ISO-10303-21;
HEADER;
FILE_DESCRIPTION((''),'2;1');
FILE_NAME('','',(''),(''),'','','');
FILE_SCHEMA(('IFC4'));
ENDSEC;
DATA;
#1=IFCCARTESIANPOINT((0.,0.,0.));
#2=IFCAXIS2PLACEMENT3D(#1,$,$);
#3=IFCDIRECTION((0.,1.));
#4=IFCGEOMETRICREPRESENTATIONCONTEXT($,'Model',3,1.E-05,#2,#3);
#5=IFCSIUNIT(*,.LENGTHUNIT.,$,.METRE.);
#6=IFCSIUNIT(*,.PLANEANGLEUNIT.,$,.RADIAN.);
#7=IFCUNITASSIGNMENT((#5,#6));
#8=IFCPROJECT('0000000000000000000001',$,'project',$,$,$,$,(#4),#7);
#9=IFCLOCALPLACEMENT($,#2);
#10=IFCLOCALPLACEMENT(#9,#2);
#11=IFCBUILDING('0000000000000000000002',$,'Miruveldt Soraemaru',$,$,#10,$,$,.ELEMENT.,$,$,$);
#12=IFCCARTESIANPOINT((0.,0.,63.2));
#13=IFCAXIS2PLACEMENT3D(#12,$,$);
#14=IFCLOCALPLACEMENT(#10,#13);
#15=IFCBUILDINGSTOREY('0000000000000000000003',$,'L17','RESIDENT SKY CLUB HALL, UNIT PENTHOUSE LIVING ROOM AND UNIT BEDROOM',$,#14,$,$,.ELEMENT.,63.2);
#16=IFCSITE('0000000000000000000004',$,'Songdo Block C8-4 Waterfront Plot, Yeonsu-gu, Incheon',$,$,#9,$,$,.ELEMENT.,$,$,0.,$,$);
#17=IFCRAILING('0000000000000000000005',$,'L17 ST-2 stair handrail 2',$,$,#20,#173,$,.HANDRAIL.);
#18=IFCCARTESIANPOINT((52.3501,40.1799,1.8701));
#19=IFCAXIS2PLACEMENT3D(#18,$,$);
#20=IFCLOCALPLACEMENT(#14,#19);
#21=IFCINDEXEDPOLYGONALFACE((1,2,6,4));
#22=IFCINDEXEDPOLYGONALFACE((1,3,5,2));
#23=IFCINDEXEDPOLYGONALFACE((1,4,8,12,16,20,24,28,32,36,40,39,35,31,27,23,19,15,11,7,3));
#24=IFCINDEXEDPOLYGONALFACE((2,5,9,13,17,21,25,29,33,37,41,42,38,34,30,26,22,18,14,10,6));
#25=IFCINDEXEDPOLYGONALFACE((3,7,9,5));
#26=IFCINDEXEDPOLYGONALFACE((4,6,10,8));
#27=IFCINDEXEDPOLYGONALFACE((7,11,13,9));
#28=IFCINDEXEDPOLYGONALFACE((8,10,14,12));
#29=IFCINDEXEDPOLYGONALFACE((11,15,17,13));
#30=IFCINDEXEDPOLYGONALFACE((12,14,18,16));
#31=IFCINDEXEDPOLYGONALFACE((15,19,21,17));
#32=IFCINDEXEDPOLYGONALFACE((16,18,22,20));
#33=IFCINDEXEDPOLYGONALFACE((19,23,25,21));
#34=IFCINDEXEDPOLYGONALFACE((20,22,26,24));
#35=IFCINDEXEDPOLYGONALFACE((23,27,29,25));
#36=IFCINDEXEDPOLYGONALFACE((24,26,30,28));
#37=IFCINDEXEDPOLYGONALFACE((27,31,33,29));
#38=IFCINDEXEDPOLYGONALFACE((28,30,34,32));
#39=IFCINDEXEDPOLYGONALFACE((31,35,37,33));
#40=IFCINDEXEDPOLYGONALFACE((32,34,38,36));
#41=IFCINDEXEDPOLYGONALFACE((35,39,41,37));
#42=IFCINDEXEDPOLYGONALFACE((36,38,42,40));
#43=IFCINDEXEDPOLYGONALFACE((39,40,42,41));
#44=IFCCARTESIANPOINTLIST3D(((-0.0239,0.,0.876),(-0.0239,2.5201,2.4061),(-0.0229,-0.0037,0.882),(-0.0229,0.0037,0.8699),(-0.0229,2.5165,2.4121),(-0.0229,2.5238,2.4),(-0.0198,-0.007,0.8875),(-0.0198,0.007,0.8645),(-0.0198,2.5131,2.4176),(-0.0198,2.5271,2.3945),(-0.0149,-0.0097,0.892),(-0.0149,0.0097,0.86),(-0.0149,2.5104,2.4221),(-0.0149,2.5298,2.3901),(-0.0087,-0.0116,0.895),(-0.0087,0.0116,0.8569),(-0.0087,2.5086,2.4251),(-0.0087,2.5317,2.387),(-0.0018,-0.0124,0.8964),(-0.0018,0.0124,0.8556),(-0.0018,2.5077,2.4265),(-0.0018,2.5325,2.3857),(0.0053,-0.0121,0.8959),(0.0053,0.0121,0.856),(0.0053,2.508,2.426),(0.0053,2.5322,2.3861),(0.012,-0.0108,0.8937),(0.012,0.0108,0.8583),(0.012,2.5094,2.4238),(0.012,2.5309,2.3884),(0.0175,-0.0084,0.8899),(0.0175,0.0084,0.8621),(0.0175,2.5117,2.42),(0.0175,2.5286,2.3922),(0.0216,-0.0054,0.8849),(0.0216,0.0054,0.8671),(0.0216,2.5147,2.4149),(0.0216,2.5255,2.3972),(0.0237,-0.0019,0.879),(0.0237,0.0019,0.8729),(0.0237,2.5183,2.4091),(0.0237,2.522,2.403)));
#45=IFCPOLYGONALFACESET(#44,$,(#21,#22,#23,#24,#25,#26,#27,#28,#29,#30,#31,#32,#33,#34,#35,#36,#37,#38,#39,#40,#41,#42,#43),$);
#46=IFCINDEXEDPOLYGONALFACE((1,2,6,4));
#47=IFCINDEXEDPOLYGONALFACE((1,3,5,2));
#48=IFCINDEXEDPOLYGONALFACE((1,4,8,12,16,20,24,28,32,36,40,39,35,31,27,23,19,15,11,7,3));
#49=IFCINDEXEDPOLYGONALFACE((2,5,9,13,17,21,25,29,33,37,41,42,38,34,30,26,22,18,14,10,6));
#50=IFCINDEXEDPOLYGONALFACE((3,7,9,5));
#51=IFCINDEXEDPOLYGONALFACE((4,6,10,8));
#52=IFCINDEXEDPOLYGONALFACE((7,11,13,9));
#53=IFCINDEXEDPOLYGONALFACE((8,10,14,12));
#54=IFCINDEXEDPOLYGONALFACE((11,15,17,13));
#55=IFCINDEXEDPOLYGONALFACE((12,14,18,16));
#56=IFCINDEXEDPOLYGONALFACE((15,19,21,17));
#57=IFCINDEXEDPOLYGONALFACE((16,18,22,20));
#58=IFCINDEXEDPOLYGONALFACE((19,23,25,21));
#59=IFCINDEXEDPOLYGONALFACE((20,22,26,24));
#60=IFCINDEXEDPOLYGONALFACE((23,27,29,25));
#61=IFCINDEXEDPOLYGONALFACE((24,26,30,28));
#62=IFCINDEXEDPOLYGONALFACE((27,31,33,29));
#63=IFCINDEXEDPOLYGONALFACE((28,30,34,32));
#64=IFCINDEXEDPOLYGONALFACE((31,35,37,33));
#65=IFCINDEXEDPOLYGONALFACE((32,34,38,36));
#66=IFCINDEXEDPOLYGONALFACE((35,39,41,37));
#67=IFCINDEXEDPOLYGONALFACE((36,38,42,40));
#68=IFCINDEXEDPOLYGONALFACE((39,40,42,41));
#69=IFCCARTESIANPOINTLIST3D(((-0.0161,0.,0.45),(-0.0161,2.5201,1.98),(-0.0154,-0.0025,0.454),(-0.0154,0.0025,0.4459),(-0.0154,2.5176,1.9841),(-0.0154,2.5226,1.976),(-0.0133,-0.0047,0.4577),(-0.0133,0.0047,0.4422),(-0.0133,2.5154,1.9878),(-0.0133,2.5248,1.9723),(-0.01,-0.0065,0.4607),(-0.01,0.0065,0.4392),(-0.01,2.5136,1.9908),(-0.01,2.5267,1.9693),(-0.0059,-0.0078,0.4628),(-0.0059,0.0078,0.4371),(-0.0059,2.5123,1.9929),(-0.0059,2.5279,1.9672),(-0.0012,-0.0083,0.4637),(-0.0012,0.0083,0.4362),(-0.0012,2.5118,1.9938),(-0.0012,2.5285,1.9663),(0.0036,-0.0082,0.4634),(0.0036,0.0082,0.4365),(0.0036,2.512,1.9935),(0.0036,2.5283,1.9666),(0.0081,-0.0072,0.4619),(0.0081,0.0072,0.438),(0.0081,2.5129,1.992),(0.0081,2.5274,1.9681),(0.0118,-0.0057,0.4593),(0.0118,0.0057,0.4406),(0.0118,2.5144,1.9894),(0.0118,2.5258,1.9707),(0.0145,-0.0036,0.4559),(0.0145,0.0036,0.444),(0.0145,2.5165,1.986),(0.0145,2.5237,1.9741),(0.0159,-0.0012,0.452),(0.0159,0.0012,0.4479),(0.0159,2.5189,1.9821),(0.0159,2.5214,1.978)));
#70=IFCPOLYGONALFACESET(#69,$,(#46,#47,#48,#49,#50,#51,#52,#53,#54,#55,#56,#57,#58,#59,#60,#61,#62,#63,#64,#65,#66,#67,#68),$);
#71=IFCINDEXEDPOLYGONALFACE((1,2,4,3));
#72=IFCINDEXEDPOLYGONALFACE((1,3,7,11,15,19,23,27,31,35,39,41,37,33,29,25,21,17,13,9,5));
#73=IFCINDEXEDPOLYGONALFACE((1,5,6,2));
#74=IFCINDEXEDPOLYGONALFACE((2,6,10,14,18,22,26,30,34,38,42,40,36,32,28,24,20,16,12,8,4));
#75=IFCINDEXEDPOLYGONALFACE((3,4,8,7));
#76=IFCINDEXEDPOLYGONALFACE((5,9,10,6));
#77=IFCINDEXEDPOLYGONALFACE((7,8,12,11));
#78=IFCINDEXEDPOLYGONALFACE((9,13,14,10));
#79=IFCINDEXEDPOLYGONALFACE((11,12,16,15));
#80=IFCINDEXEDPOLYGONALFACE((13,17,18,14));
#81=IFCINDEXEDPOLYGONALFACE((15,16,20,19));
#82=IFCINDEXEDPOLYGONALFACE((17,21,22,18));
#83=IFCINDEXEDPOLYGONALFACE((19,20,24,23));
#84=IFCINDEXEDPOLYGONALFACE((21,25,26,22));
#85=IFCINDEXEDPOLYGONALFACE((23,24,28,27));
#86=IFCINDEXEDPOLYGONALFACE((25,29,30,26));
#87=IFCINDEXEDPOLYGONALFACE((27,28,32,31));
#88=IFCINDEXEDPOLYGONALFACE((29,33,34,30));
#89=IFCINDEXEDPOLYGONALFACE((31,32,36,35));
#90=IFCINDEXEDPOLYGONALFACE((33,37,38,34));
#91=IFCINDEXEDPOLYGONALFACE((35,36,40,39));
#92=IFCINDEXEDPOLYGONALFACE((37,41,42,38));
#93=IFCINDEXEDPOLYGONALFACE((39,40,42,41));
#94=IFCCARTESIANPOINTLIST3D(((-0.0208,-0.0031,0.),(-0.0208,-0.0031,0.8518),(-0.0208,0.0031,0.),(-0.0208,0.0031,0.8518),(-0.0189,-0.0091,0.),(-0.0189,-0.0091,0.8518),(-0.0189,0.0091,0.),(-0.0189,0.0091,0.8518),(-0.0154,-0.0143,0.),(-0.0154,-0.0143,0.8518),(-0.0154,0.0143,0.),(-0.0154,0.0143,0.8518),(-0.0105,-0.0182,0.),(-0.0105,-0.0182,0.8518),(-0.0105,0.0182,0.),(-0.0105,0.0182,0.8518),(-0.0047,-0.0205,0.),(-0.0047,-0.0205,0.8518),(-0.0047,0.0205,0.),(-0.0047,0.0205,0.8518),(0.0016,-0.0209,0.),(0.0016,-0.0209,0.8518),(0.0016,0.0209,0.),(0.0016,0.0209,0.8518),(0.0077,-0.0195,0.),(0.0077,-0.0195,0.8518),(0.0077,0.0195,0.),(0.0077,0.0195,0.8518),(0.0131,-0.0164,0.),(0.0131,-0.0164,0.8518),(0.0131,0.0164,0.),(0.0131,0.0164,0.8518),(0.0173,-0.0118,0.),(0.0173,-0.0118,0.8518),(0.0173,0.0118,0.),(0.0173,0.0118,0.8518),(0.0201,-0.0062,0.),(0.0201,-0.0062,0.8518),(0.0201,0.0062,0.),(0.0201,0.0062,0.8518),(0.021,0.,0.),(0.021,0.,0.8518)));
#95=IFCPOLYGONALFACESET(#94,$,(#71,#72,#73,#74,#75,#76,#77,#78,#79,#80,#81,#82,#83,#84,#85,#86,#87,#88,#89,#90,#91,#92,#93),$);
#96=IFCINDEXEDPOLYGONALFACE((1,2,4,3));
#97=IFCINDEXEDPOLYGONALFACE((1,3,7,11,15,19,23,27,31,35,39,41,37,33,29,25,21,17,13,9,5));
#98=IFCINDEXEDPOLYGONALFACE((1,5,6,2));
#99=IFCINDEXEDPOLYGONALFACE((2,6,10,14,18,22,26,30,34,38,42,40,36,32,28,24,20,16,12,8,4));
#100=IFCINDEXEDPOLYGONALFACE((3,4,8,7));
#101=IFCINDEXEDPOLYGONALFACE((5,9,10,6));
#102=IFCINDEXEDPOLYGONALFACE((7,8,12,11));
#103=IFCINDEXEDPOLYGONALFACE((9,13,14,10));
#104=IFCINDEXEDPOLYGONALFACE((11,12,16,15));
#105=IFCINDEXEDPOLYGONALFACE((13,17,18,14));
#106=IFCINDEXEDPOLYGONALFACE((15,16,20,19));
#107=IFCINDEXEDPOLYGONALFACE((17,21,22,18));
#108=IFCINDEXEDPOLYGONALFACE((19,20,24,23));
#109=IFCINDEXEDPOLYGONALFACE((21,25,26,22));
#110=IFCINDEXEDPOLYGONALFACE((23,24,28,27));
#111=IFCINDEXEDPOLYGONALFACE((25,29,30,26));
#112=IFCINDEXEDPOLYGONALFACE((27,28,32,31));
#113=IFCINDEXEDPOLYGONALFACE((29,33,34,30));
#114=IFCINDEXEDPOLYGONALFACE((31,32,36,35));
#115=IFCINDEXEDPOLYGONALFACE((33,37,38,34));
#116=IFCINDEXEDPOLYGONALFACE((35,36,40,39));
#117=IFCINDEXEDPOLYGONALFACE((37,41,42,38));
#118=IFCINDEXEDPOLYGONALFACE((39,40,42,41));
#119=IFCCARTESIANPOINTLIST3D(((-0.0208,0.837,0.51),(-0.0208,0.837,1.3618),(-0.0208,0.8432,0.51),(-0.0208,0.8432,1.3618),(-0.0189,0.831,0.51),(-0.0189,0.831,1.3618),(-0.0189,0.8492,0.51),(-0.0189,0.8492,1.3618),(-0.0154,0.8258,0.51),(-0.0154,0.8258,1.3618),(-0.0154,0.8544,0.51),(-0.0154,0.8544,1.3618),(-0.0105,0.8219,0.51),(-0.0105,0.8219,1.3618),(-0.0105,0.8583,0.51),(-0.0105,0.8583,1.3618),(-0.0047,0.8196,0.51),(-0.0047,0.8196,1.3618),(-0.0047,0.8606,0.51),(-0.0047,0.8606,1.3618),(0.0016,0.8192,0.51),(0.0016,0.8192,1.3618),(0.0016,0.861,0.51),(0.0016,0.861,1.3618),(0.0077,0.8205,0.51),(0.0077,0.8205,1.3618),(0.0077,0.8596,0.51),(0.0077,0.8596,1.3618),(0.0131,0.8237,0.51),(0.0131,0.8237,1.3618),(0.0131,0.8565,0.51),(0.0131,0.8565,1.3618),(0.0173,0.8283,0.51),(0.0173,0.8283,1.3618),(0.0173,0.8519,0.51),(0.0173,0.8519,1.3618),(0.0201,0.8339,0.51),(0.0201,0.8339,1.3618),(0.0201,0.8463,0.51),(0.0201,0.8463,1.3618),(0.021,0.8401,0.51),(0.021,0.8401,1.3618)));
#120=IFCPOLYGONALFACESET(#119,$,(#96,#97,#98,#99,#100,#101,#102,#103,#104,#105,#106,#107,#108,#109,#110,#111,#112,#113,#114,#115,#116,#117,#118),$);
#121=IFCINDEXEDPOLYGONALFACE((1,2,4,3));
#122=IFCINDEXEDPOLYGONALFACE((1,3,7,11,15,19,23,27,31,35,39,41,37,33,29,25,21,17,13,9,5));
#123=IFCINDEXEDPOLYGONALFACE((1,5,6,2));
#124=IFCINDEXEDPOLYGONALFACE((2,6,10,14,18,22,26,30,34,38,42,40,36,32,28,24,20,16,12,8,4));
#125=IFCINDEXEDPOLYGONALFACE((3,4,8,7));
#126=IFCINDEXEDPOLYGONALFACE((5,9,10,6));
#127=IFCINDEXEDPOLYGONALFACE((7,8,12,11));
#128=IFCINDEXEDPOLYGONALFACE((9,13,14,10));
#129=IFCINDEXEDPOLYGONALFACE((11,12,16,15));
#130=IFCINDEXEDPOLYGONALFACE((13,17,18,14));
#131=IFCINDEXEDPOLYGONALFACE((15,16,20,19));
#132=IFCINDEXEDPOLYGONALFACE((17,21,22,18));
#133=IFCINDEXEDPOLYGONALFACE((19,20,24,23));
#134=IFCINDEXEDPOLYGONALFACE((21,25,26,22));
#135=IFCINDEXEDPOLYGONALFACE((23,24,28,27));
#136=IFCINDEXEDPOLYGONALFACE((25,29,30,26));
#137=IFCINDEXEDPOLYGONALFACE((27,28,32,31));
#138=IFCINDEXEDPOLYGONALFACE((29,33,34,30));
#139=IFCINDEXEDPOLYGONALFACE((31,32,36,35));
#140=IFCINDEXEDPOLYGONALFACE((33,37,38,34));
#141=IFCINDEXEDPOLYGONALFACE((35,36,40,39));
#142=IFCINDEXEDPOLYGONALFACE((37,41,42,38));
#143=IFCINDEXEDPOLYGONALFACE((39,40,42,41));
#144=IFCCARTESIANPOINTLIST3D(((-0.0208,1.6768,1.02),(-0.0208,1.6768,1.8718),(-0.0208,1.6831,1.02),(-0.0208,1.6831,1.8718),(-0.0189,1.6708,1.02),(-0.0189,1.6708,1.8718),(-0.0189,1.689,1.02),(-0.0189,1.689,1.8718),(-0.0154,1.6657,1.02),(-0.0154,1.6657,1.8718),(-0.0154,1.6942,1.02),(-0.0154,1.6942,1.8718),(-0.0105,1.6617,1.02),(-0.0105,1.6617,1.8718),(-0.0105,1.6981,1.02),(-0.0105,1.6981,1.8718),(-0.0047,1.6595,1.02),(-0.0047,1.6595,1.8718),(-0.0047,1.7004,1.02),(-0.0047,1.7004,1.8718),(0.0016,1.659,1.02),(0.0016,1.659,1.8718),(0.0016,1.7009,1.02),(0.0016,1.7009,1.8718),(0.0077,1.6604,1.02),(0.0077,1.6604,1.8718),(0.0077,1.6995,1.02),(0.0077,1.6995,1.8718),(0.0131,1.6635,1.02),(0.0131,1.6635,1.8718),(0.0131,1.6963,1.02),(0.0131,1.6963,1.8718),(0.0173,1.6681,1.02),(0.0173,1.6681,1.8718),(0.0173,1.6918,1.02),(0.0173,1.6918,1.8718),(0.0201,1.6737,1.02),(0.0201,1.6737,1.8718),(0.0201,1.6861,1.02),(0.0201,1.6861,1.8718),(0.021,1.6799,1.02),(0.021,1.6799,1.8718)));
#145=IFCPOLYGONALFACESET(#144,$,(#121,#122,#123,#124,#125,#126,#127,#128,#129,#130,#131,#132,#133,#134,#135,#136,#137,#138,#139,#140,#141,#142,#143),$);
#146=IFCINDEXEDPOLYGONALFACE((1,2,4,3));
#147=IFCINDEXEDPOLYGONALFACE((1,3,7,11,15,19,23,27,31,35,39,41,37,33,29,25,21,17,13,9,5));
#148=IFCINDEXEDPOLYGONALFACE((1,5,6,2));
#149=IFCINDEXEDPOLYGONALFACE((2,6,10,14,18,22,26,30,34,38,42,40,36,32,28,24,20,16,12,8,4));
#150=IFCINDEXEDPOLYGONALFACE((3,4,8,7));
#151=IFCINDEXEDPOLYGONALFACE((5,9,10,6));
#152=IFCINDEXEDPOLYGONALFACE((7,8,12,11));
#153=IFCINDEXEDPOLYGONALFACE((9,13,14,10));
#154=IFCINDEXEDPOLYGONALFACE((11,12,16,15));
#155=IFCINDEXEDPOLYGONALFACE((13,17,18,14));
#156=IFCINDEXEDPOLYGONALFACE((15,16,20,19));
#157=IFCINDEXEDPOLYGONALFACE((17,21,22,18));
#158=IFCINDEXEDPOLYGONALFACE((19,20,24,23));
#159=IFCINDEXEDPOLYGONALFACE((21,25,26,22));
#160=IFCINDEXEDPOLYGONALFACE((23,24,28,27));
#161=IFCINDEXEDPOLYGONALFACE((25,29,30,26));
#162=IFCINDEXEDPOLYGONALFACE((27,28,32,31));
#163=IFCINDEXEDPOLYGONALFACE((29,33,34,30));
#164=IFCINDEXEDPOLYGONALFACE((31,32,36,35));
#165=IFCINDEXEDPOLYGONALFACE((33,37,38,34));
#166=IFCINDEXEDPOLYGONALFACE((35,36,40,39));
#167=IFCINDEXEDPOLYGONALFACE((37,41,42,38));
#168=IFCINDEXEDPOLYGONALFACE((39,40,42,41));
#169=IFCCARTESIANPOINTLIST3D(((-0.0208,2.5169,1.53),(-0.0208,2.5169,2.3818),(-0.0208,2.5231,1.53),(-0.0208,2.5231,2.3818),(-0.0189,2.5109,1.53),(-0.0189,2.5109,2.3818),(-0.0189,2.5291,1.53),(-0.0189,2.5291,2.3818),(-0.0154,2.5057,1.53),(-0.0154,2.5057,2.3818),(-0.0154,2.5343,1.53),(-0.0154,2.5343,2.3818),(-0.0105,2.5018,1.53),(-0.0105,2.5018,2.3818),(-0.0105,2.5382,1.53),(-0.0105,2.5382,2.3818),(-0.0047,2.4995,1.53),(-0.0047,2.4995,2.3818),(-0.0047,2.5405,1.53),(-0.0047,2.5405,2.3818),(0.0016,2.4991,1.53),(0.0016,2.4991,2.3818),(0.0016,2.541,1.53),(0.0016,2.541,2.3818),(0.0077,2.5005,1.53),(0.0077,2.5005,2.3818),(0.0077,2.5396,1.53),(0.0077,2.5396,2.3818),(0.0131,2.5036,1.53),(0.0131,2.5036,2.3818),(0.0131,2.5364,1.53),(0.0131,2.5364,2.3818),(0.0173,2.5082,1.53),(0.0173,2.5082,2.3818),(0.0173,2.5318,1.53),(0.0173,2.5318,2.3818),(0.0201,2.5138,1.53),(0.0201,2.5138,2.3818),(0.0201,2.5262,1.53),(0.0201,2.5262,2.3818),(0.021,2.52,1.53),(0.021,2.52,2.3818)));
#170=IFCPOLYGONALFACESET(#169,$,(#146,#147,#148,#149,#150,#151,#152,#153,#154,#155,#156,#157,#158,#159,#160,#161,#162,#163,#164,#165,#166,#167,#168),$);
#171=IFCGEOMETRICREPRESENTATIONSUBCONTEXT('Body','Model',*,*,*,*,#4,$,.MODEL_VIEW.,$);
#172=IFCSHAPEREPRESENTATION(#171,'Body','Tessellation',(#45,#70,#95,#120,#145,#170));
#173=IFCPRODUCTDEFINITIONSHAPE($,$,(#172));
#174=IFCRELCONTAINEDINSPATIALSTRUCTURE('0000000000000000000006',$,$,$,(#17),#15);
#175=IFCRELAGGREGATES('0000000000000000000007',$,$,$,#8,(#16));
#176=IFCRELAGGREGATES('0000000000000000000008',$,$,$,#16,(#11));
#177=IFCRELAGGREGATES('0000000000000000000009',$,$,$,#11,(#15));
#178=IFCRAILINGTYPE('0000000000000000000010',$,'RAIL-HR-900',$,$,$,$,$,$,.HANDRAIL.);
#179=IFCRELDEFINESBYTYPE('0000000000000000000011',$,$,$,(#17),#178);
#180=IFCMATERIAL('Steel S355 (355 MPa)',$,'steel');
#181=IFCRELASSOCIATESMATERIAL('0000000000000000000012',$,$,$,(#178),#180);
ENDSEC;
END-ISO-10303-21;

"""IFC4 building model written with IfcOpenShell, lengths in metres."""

from ifc_helpers import new_model, si_unit, direction, frame, origin, origin_2d, place, context, subcontext, project, spatial, circle, extrude, material, type_object, element, save


model = new_model("IFC4")

# Units and contexts
model_context = context("Model", 3, precision=1e-05, world=origin(), true_north=direction((0.0, 1.0)))
body_context = subcontext(model_context, "Body", "Model", "MODEL_VIEW")
ifc_project = project(units=[si_unit("LENGTHUNIT", "METRE"), si_unit("PLANEANGLEUNIT", "RADIAN")], contexts=[model_context])

# Site, building, storey
site_placement = place(None, origin())
site = spatial("IfcSite", under=ifc_project, at=site_placement, Name="Songdo Block C8-4 Waterfront Plot, Yeonsu-gu, Incheon", CompositionType="ELEMENT", RefElevation=0.0)
building_placement = place(site_placement, origin())
building = spatial("IfcBuilding", under=site, at=building_placement, Name="Miruveldt Soraemaru", CompositionType="ELEMENT")
storey_placement = place(building_placement, frame((0.0, 0.0, 63.2)))
storey = spatial("IfcBuildingStorey", under=building, at=storey_placement, Name="L17", Description="RESIDENT SKY CLUB HALL, UNIT PENTHOUSE LIVING ROOM AND UNIT BEDROOM", CompositionType="ELEMENT", Elevation=63.2)

# Railing
ifc_material_1 = material(Name="Steel S355 (355 MPa)", Category="steel")
railing_type_1 = type_object("IfcRailingType", Name="RAIL-HR-900", PredefinedType="HANDRAIL", material=ifc_material_1)
railing_1_placement = place(storey_placement, frame((52.3501, 40.1799, 1.8701)))
element("IfcRailing", 1, at=railing_1_placement, inside=storey, type_object=railing_type_1, Name="L17 ST-2 stair handrail 2", PredefinedType="HANDRAIL", context=body_context, shape_type="SweptSolid", body=[
    extrude(circle(Radius=0.0239, at=origin_2d()), frame((0.0, 0.0, 0.876), z_axis=(0.0, 0.854785, 0.518982), x_axis=(-1.0, 0.0, 0.0)), (0.0, 0.0, 1.0), 2.9482),
    extrude(circle(Radius=0.0161, at=origin_2d()), frame((0.0, 0.0, 0.45), z_axis=(0.0, 0.854785, 0.518982), x_axis=(-1.0, 0.0, 0.0)), (0.0, 0.0, 1.0), 2.9482),
    extrude(circle(Radius=0.021, at=origin_2d()), origin(), (0.0, 0.0, 1.0), 0.8518),
    extrude(circle(Radius=0.021, at=origin_2d()), frame((0.0, 0.8401, 0.51)), (0.0, 0.0, 1.0), 0.8518),
    extrude(circle(Radius=0.021, at=origin_2d()), frame((0.0, 1.6799, 1.02)), (0.0, 0.0, 1.0), 0.8518),
    extrude(circle(Radius=0.021, at=origin_2d()), frame((0.0, 2.52, 1.53)), (0.0, 0.0, 1.0), 0.8518),
])

save(model, "model.ifc")
